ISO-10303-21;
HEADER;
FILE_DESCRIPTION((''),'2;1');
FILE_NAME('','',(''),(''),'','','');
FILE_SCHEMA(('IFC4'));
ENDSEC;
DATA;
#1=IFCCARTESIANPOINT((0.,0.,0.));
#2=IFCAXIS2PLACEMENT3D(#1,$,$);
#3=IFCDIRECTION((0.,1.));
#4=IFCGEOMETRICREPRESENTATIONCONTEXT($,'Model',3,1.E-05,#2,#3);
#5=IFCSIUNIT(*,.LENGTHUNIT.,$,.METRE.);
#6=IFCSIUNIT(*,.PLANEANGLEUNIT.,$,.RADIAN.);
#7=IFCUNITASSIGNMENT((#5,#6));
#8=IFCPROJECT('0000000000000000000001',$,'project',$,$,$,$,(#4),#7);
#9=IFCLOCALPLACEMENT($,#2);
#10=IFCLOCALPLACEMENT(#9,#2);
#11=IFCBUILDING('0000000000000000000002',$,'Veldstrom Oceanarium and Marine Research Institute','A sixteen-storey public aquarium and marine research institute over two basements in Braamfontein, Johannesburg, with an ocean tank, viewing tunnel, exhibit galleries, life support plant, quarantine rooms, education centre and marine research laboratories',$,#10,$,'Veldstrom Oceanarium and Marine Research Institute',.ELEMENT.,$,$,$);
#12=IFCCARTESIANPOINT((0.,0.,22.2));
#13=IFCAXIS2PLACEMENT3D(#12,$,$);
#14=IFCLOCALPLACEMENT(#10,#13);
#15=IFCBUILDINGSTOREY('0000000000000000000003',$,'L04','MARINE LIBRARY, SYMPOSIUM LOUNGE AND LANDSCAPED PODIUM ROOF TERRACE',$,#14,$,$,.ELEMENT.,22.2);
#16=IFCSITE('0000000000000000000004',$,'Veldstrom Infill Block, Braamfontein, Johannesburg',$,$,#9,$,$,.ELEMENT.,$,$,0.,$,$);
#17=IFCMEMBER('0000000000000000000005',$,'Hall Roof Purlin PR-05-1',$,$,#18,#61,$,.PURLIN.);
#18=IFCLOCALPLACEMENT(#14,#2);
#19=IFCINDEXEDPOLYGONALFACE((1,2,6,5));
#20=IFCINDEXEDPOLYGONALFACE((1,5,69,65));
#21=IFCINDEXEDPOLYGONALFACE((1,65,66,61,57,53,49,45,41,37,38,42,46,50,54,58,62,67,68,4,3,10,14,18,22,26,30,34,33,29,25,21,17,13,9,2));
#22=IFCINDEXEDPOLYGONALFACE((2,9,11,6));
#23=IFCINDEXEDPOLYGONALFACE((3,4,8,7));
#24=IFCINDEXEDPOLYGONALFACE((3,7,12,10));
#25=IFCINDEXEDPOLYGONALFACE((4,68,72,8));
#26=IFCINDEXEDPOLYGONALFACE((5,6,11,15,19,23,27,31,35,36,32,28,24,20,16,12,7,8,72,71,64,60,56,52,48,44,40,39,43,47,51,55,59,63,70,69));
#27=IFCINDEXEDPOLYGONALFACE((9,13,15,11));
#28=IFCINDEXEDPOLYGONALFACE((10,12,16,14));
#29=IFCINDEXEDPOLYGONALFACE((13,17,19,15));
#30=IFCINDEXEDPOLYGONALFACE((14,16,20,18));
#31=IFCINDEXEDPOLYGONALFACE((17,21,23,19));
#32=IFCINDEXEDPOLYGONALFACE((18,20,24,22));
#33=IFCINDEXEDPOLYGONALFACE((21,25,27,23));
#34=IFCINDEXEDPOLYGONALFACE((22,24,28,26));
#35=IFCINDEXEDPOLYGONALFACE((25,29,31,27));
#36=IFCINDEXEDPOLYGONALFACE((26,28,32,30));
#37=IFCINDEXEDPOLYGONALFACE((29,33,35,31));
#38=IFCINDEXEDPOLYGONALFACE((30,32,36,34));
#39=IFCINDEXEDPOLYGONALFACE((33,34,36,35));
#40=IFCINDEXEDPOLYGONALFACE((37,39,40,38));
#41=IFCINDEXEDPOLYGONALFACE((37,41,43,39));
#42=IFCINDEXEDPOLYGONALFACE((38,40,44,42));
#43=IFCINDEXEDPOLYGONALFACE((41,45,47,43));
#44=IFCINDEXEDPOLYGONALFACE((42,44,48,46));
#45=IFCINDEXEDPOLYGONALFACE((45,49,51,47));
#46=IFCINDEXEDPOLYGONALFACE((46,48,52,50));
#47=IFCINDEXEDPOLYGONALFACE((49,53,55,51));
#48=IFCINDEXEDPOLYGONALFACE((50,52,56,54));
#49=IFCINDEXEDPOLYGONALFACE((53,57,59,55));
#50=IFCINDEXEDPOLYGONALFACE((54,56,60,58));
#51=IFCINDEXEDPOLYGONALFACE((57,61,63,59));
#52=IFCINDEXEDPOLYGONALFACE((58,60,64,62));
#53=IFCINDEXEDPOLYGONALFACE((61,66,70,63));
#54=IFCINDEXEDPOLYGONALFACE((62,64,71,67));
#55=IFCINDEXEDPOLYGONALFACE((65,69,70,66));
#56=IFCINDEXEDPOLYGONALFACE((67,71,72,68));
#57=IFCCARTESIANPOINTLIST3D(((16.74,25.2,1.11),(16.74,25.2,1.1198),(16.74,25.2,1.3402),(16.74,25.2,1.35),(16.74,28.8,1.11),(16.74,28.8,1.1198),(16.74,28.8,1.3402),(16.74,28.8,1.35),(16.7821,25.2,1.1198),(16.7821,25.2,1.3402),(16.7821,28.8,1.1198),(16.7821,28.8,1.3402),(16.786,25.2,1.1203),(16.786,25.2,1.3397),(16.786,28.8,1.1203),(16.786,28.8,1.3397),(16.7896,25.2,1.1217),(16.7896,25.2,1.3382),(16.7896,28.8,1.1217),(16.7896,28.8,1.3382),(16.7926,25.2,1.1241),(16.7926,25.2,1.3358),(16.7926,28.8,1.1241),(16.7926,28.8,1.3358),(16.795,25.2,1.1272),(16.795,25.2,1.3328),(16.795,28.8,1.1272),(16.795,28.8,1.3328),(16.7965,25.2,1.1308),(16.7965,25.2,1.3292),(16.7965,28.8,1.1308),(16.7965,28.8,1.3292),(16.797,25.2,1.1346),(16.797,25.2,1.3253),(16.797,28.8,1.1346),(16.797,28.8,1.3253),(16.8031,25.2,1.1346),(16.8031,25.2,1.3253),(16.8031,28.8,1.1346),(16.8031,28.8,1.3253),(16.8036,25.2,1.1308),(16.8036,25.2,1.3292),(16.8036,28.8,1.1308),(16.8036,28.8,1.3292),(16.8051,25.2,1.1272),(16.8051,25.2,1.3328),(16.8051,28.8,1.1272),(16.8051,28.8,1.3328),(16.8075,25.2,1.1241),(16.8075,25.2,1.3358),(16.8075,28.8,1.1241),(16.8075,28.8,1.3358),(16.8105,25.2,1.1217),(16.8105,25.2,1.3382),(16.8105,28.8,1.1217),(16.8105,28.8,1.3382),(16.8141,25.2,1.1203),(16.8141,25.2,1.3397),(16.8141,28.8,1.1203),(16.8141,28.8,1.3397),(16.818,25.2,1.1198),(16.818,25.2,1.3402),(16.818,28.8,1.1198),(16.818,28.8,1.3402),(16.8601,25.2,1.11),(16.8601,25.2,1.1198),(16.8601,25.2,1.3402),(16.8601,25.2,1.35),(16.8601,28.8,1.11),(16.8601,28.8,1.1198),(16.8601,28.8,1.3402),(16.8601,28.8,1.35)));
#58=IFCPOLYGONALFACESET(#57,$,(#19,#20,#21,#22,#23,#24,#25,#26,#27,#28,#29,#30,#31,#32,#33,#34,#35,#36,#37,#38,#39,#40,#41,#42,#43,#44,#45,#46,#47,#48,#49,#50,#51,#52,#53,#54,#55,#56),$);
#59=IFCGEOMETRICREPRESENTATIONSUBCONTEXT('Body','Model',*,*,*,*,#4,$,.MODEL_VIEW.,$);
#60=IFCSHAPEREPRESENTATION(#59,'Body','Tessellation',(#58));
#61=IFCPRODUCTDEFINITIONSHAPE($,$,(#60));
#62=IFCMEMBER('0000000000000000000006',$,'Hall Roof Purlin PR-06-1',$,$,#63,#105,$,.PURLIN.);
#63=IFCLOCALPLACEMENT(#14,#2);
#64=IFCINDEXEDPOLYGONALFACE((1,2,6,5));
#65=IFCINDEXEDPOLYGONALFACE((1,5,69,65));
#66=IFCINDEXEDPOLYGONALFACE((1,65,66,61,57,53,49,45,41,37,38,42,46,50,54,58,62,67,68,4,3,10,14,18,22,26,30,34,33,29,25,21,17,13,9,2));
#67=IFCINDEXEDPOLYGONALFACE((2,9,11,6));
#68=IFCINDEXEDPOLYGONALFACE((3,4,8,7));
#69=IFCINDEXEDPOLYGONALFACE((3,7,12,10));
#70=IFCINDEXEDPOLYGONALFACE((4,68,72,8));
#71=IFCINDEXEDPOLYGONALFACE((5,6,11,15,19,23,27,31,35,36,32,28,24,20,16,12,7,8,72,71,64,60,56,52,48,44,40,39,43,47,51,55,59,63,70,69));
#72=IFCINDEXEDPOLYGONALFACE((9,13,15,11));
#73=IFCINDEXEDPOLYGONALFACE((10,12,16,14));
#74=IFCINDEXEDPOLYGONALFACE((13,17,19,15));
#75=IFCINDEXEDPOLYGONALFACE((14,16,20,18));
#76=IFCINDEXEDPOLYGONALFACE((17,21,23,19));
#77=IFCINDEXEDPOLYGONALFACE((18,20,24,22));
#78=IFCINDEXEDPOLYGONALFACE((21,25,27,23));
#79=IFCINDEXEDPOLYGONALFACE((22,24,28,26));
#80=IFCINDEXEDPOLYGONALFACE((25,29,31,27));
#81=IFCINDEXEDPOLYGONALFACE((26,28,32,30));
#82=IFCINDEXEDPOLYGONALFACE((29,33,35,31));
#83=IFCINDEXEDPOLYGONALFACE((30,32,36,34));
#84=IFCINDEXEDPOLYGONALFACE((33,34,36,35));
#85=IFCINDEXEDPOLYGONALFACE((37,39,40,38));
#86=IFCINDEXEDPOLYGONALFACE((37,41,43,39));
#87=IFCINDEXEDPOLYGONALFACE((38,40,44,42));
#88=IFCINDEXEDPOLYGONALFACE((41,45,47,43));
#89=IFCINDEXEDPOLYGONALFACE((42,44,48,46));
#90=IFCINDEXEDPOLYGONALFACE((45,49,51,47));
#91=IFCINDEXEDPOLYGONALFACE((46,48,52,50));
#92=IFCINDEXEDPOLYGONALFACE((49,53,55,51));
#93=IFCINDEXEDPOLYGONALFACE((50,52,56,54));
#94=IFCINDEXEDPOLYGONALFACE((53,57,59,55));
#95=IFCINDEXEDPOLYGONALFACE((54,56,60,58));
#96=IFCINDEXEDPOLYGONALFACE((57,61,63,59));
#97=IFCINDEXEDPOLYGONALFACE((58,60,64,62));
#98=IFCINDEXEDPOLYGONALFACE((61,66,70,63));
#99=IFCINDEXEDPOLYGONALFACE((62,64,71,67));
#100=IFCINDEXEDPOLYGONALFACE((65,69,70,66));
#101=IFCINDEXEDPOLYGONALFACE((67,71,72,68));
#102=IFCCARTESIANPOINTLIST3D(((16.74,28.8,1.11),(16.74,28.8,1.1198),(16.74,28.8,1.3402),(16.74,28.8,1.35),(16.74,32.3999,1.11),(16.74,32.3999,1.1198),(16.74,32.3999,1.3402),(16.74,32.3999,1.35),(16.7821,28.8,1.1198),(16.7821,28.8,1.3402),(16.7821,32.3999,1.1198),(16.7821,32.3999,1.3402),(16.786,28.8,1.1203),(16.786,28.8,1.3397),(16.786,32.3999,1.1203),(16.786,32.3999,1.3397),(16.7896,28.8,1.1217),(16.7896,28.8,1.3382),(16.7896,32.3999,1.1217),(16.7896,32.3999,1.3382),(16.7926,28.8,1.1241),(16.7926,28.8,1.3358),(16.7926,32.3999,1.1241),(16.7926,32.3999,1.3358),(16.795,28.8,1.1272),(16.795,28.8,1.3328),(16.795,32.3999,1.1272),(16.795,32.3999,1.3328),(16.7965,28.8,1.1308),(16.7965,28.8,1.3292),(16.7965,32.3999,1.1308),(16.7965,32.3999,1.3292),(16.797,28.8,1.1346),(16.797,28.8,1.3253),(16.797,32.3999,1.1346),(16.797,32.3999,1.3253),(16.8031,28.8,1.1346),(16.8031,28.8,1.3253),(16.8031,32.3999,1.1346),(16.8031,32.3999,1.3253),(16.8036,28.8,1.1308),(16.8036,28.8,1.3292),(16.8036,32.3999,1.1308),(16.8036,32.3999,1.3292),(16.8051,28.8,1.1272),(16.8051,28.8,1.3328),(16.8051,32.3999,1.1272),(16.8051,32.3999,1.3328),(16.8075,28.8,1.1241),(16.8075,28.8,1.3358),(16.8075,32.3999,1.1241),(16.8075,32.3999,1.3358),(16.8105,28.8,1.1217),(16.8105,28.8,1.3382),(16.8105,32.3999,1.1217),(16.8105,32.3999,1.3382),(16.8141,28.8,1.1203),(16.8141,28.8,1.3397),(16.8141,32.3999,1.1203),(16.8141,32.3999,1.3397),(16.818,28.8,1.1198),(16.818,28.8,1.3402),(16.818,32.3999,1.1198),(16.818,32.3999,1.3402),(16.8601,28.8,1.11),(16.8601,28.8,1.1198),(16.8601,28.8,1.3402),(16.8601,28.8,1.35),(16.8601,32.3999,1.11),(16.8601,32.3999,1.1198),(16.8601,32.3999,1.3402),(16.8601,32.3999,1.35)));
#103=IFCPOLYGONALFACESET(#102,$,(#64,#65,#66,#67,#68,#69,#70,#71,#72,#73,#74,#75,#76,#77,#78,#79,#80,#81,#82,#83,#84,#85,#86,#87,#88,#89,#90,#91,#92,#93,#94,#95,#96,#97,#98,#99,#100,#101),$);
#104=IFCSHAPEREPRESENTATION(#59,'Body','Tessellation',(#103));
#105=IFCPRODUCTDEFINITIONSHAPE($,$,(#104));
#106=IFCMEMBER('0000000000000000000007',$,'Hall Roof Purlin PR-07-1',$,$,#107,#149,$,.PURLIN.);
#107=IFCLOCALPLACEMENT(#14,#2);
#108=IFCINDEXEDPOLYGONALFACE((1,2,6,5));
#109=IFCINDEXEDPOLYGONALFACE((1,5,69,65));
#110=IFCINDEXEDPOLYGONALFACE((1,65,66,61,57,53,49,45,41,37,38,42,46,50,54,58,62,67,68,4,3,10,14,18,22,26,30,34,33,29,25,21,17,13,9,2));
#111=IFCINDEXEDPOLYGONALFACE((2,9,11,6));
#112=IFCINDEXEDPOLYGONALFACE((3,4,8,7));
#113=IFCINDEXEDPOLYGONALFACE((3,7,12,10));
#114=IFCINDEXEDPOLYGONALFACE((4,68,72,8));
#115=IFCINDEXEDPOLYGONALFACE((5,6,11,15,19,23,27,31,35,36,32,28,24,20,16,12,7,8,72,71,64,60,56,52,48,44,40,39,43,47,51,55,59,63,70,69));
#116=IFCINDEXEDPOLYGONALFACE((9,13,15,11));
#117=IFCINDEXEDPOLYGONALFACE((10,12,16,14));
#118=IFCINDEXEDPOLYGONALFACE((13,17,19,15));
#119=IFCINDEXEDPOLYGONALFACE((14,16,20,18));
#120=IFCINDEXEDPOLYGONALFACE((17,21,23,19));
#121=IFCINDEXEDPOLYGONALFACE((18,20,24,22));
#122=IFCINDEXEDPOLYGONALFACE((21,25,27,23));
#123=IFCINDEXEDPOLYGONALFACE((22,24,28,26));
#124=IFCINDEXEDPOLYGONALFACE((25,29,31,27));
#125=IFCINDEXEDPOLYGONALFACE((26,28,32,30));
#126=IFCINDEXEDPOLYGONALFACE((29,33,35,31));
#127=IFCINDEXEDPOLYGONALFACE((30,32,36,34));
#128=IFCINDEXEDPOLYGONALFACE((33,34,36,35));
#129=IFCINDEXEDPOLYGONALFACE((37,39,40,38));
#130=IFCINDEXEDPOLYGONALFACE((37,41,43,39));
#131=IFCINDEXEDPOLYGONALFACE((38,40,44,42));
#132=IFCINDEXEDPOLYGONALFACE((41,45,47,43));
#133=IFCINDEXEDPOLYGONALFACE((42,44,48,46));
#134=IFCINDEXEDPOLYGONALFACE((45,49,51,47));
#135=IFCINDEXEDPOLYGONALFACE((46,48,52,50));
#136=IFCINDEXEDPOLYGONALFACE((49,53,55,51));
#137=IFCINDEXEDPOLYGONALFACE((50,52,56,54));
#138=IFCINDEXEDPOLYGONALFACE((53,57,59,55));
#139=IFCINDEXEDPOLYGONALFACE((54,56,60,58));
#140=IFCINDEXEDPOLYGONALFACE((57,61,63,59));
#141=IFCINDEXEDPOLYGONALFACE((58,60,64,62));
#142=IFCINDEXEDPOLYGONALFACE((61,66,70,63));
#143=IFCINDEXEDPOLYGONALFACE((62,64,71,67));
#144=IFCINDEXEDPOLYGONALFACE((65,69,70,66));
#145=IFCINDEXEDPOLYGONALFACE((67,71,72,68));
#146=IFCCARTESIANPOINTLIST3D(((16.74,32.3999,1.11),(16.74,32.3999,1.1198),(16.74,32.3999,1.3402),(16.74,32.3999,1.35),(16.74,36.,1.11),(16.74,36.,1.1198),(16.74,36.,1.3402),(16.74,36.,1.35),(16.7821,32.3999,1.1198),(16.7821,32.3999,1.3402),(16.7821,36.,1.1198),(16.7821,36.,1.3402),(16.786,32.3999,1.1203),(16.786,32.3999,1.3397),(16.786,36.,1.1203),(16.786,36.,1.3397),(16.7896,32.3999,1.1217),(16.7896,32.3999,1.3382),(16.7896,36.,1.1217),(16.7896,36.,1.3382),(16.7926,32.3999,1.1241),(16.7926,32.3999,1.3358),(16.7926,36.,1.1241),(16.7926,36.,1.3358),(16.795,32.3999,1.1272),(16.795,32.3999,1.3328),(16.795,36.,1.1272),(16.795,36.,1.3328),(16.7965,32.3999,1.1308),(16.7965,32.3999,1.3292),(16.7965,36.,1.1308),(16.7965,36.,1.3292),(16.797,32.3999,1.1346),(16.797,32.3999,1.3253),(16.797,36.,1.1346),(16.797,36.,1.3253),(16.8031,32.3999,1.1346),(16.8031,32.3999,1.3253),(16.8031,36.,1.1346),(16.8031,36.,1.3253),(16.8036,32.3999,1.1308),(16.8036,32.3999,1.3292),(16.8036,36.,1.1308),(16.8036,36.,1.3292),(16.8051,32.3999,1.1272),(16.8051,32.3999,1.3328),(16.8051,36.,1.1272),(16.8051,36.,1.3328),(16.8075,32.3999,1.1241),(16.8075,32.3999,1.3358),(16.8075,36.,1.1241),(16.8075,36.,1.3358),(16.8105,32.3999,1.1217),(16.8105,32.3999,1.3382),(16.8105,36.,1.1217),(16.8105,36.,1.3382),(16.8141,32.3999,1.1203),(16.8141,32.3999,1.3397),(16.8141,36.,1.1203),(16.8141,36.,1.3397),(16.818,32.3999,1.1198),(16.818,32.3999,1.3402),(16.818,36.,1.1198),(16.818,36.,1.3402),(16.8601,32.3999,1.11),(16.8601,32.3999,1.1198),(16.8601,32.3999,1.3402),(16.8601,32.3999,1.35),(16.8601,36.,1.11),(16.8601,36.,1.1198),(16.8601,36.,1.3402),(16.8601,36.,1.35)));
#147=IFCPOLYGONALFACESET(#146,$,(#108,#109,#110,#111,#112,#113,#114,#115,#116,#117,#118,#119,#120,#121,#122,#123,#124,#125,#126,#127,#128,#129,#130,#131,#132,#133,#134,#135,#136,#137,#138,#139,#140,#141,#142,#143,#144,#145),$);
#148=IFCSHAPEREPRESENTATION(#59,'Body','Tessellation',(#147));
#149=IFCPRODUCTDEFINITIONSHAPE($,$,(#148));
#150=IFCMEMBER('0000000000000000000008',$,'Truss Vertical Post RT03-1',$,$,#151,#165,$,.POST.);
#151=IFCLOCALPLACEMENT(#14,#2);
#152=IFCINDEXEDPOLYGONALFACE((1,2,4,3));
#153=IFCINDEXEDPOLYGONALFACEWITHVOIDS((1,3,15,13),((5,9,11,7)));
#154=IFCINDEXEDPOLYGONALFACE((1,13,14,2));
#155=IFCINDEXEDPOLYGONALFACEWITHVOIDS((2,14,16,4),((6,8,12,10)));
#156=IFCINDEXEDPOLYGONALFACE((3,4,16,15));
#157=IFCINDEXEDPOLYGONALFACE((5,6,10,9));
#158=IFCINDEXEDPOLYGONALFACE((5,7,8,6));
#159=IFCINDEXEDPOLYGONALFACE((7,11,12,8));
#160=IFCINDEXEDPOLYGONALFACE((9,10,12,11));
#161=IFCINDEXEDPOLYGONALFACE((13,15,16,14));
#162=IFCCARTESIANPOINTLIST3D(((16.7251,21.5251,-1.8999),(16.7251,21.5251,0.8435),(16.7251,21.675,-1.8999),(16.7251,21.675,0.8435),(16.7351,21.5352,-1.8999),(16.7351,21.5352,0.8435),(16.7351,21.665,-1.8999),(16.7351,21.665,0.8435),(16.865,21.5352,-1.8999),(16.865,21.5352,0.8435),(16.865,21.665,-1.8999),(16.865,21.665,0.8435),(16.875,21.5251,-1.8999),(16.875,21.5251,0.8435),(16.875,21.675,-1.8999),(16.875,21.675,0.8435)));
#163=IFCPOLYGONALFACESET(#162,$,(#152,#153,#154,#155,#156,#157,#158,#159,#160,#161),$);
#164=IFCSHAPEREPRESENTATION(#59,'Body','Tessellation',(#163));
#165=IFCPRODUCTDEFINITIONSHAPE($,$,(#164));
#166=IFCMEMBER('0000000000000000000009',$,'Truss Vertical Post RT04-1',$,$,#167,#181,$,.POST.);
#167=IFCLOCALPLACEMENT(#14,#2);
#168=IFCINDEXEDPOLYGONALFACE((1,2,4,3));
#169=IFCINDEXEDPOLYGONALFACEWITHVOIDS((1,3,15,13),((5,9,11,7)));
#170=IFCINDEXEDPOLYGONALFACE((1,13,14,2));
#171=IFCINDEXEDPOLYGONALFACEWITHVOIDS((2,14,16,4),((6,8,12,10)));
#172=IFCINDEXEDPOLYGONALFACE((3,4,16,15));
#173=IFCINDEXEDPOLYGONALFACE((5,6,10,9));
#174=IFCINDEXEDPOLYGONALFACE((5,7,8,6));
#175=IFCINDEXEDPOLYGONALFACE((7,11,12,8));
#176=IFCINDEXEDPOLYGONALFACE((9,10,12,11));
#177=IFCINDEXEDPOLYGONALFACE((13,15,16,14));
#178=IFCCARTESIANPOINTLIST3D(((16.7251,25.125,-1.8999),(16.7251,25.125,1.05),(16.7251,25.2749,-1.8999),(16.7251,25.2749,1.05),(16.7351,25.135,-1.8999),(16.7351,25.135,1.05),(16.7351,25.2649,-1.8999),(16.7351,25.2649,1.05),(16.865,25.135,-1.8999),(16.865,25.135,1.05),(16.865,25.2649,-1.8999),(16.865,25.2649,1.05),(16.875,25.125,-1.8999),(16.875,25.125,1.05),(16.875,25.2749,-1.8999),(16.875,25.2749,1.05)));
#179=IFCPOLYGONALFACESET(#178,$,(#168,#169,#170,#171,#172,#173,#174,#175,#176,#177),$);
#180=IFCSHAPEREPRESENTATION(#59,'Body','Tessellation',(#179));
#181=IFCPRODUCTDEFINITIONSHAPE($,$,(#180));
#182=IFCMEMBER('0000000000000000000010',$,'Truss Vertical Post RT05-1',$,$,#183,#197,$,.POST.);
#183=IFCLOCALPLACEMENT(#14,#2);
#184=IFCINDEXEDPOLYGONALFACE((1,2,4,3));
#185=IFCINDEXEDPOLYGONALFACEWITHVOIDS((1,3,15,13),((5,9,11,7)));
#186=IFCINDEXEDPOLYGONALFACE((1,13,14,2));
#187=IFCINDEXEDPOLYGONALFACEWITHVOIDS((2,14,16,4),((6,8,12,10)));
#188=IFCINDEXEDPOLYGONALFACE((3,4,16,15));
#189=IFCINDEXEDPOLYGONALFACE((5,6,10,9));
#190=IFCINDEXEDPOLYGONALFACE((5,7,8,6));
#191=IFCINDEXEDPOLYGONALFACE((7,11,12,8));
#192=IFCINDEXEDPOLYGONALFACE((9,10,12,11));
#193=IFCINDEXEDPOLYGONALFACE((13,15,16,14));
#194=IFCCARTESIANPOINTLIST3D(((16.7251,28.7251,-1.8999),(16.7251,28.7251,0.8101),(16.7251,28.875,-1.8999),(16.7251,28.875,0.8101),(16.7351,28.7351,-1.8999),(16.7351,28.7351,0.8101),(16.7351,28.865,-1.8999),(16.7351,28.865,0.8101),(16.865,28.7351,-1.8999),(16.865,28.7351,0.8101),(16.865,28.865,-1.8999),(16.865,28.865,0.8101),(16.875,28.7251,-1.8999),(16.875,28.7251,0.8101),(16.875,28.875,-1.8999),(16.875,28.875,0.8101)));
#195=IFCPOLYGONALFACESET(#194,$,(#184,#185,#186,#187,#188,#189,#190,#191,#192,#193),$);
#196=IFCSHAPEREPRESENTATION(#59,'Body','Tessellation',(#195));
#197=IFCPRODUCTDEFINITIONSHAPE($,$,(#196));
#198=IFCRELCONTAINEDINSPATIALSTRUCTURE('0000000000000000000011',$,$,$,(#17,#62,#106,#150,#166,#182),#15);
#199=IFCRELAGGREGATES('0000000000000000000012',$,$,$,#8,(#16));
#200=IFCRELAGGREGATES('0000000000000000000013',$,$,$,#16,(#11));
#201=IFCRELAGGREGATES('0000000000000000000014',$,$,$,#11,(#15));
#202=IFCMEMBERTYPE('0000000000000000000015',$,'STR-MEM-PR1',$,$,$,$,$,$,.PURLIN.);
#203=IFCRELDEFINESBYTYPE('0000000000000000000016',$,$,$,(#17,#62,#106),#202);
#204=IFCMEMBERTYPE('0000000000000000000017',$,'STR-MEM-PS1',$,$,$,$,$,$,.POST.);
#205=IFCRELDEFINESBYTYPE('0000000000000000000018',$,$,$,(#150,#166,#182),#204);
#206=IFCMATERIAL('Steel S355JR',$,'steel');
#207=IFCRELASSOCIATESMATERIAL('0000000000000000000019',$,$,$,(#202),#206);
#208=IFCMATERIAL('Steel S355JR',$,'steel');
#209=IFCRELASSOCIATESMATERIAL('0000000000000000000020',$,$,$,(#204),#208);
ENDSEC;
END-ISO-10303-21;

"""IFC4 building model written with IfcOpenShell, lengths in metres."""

from ifc_helpers import new_model, si_unit, direction, frame, origin, origin_2d, place, context, subcontext, project, spatial, hollow_rectangle, i_section, extrude, material, material_profile, profile_set, type_object, element, save


model = new_model("IFC4")

# Units and contexts
model_context = context("Model", 3, precision=1e-05, world=origin(), true_north=direction((0.0, 1.0)))
body_context = subcontext(model_context, "Body", "Model", "MODEL_VIEW")
ifc_project = project(units=[si_unit("LENGTHUNIT", "METRE"), si_unit("PLANEANGLEUNIT", "RADIAN")], contexts=[model_context])

# Site, building, storey
site_placement = place(None, origin())
site = spatial("IfcSite", under=ifc_project, at=site_placement, Name="Veldstrom Infill Block, Braamfontein, Johannesburg", CompositionType="ELEMENT", RefElevation=0.0)
building_placement = place(site_placement, origin())
building = spatial("IfcBuilding", under=site, at=building_placement, Name="Veldstrom Oceanarium and Marine Research Institute", Description="A sixteen-storey public aquarium and marine research institute over two basements in Braamfontein, Johannesburg, with an ocean tank, viewing tunnel, exhibit galleries, life support plant, quarantine rooms, education centre and marine research laboratories", LongName="Veldstrom Oceanarium and Marine Research Institute", CompositionType="ELEMENT")
storey_placement = place(building_placement, frame((0.0, 0.0, 22.2)))
storey = spatial("IfcBuildingStorey", under=building, at=storey_placement, Name="L04", Description="MARINE LIBRARY, SYMPOSIUM LOUNGE AND LANDSCAPED PODIUM ROOF TERRACE", CompositionType="ELEMENT", Elevation=22.2)

# Members
ifc_material_1 = material(Name="Steel S355JR", Category="steel")
ifc_material_profile_1 = material_profile(ifc_material_1, i_section(OverallWidth=0.1201, OverallDepth=0.24, WebThickness=0.0061, FlangeThickness=0.0098, FilletRadius=0.0149, at=origin_2d()), Name="IPE 240")
ifc_profile_set_1 = profile_set([ifc_material_profile_1], Name="Steel S355JR")
member_type_1 = type_object("IfcMemberType", Name="STR-MEM-PR1", PredefinedType="PURLIN", material=ifc_profile_set_1)
member_1_placement = place(storey_placement, frame((16.8, 25.2, 1.23), z_axis=(0.0, 1.0, 0.0), x_axis=(-1.0, 0.0, 0.0)))
element("IfcMember", 1, at=member_1_placement, inside=storey, type_object=member_type_1, Name="Hall Roof Purlin PR-05-1", PredefinedType="PURLIN", context=body_context, shape_type="SweptSolid", body=[
    extrude(i_section(OverallWidth=0.1201, OverallDepth=0.24, WebThickness=0.0061, FlangeThickness=0.0098, FilletRadius=0.0149, at=origin_2d()), origin(), (0.0, 0.0, 1.0), 3.6001),
])
member_2_placement = place(storey_placement, frame((16.8, 28.8, 1.23), z_axis=(0.0, 1.0, 0.0), x_axis=(-1.0, 0.0, 0.0)))
element("IfcMember", 2, at=member_2_placement, inside=storey, type_object=member_type_1, Name="Hall Roof Purlin PR-06-1", PredefinedType="PURLIN", context=body_context, shape_type="SweptSolid", body=[
    extrude(i_section(OverallWidth=0.1201, OverallDepth=0.24, WebThickness=0.0061, FlangeThickness=0.0098, FilletRadius=0.0149, at=origin_2d()), origin(), (0.0, 0.0, 1.0), 3.5999),
])
member_3_placement = place(storey_placement, frame((16.8, 32.3999, 1.23), z_axis=(0.0, 1.0, 0.0), x_axis=(-1.0, 0.0, 0.0)))
element("IfcMember", 3, at=member_3_placement, inside=storey, type_object=member_type_1, Name="Hall Roof Purlin PR-07-1", PredefinedType="PURLIN", context=body_context, shape_type="SweptSolid", body=[
    extrude(i_section(OverallWidth=0.1201, OverallDepth=0.24, WebThickness=0.0061, FlangeThickness=0.0098, FilletRadius=0.0149, at=origin_2d()), origin(), (0.0, 0.0, 1.0), 3.6001),
])
ifc_material_2 = material(Name="Steel S355JR", Category="steel")
ifc_material_profile_2 = material_profile(ifc_material_2, hollow_rectangle(XDim=0.1499, YDim=0.1499, WallThickness=0.01, at=origin_2d()), Name="SHS 150x150x10")
ifc_profile_set_2 = profile_set([ifc_material_profile_2], Name="Steel S355JR")
member_type_2 = type_object("IfcMemberType", Name="STR-MEM-PS1", PredefinedType="POST", material=ifc_profile_set_2)
member_4_placement = place(storey_placement, frame((16.8, 21.6001, -1.8999), z_axis=(0.0, 0.0, 1.0), x_axis=(1.0, 0.0, 0.0)))
element("IfcMember", 4, at=member_4_placement, inside=storey, type_object=member_type_2, Name="Truss Vertical Post RT03-1", PredefinedType="POST", context=body_context, shape_type="SweptSolid", body=[
    extrude(hollow_rectangle(XDim=0.1499, YDim=0.1499, WallThickness=0.01, at=origin_2d()), origin(), (0.0, 0.0, 1.0), 2.7434),
])
member_5_placement = place(storey_placement, frame((16.8, 25.2, -1.8999), z_axis=(0.0, 0.0, 1.0), x_axis=(1.0, 0.0, 0.0)))
element("IfcMember", 5, at=member_5_placement, inside=storey, type_object=member_type_2, Name="Truss Vertical Post RT04-1", PredefinedType="POST", context=body_context, shape_type="SweptSolid", body=[
    extrude(hollow_rectangle(XDim=0.1499, YDim=0.1499, WallThickness=0.01, at=origin_2d()), origin(), (0.0, 0.0, 1.0), 2.95),
])
member_6_placement = place(storey_placement, frame((16.8, 28.8, -1.8999), z_axis=(0.0, 0.0, 1.0), x_axis=(1.0, 0.0, 0.0)))
element("IfcMember", 6, at=member_6_placement, inside=storey, type_object=member_type_2, Name="Truss Vertical Post RT05-1", PredefinedType="POST", context=body_context, shape_type="SweptSolid", body=[
    extrude(hollow_rectangle(XDim=0.1499, YDim=0.1499, WallThickness=0.01, at=origin_2d()), origin(), (0.0, 0.0, 1.0), 2.71),
])

save(model, "model.ifc")
